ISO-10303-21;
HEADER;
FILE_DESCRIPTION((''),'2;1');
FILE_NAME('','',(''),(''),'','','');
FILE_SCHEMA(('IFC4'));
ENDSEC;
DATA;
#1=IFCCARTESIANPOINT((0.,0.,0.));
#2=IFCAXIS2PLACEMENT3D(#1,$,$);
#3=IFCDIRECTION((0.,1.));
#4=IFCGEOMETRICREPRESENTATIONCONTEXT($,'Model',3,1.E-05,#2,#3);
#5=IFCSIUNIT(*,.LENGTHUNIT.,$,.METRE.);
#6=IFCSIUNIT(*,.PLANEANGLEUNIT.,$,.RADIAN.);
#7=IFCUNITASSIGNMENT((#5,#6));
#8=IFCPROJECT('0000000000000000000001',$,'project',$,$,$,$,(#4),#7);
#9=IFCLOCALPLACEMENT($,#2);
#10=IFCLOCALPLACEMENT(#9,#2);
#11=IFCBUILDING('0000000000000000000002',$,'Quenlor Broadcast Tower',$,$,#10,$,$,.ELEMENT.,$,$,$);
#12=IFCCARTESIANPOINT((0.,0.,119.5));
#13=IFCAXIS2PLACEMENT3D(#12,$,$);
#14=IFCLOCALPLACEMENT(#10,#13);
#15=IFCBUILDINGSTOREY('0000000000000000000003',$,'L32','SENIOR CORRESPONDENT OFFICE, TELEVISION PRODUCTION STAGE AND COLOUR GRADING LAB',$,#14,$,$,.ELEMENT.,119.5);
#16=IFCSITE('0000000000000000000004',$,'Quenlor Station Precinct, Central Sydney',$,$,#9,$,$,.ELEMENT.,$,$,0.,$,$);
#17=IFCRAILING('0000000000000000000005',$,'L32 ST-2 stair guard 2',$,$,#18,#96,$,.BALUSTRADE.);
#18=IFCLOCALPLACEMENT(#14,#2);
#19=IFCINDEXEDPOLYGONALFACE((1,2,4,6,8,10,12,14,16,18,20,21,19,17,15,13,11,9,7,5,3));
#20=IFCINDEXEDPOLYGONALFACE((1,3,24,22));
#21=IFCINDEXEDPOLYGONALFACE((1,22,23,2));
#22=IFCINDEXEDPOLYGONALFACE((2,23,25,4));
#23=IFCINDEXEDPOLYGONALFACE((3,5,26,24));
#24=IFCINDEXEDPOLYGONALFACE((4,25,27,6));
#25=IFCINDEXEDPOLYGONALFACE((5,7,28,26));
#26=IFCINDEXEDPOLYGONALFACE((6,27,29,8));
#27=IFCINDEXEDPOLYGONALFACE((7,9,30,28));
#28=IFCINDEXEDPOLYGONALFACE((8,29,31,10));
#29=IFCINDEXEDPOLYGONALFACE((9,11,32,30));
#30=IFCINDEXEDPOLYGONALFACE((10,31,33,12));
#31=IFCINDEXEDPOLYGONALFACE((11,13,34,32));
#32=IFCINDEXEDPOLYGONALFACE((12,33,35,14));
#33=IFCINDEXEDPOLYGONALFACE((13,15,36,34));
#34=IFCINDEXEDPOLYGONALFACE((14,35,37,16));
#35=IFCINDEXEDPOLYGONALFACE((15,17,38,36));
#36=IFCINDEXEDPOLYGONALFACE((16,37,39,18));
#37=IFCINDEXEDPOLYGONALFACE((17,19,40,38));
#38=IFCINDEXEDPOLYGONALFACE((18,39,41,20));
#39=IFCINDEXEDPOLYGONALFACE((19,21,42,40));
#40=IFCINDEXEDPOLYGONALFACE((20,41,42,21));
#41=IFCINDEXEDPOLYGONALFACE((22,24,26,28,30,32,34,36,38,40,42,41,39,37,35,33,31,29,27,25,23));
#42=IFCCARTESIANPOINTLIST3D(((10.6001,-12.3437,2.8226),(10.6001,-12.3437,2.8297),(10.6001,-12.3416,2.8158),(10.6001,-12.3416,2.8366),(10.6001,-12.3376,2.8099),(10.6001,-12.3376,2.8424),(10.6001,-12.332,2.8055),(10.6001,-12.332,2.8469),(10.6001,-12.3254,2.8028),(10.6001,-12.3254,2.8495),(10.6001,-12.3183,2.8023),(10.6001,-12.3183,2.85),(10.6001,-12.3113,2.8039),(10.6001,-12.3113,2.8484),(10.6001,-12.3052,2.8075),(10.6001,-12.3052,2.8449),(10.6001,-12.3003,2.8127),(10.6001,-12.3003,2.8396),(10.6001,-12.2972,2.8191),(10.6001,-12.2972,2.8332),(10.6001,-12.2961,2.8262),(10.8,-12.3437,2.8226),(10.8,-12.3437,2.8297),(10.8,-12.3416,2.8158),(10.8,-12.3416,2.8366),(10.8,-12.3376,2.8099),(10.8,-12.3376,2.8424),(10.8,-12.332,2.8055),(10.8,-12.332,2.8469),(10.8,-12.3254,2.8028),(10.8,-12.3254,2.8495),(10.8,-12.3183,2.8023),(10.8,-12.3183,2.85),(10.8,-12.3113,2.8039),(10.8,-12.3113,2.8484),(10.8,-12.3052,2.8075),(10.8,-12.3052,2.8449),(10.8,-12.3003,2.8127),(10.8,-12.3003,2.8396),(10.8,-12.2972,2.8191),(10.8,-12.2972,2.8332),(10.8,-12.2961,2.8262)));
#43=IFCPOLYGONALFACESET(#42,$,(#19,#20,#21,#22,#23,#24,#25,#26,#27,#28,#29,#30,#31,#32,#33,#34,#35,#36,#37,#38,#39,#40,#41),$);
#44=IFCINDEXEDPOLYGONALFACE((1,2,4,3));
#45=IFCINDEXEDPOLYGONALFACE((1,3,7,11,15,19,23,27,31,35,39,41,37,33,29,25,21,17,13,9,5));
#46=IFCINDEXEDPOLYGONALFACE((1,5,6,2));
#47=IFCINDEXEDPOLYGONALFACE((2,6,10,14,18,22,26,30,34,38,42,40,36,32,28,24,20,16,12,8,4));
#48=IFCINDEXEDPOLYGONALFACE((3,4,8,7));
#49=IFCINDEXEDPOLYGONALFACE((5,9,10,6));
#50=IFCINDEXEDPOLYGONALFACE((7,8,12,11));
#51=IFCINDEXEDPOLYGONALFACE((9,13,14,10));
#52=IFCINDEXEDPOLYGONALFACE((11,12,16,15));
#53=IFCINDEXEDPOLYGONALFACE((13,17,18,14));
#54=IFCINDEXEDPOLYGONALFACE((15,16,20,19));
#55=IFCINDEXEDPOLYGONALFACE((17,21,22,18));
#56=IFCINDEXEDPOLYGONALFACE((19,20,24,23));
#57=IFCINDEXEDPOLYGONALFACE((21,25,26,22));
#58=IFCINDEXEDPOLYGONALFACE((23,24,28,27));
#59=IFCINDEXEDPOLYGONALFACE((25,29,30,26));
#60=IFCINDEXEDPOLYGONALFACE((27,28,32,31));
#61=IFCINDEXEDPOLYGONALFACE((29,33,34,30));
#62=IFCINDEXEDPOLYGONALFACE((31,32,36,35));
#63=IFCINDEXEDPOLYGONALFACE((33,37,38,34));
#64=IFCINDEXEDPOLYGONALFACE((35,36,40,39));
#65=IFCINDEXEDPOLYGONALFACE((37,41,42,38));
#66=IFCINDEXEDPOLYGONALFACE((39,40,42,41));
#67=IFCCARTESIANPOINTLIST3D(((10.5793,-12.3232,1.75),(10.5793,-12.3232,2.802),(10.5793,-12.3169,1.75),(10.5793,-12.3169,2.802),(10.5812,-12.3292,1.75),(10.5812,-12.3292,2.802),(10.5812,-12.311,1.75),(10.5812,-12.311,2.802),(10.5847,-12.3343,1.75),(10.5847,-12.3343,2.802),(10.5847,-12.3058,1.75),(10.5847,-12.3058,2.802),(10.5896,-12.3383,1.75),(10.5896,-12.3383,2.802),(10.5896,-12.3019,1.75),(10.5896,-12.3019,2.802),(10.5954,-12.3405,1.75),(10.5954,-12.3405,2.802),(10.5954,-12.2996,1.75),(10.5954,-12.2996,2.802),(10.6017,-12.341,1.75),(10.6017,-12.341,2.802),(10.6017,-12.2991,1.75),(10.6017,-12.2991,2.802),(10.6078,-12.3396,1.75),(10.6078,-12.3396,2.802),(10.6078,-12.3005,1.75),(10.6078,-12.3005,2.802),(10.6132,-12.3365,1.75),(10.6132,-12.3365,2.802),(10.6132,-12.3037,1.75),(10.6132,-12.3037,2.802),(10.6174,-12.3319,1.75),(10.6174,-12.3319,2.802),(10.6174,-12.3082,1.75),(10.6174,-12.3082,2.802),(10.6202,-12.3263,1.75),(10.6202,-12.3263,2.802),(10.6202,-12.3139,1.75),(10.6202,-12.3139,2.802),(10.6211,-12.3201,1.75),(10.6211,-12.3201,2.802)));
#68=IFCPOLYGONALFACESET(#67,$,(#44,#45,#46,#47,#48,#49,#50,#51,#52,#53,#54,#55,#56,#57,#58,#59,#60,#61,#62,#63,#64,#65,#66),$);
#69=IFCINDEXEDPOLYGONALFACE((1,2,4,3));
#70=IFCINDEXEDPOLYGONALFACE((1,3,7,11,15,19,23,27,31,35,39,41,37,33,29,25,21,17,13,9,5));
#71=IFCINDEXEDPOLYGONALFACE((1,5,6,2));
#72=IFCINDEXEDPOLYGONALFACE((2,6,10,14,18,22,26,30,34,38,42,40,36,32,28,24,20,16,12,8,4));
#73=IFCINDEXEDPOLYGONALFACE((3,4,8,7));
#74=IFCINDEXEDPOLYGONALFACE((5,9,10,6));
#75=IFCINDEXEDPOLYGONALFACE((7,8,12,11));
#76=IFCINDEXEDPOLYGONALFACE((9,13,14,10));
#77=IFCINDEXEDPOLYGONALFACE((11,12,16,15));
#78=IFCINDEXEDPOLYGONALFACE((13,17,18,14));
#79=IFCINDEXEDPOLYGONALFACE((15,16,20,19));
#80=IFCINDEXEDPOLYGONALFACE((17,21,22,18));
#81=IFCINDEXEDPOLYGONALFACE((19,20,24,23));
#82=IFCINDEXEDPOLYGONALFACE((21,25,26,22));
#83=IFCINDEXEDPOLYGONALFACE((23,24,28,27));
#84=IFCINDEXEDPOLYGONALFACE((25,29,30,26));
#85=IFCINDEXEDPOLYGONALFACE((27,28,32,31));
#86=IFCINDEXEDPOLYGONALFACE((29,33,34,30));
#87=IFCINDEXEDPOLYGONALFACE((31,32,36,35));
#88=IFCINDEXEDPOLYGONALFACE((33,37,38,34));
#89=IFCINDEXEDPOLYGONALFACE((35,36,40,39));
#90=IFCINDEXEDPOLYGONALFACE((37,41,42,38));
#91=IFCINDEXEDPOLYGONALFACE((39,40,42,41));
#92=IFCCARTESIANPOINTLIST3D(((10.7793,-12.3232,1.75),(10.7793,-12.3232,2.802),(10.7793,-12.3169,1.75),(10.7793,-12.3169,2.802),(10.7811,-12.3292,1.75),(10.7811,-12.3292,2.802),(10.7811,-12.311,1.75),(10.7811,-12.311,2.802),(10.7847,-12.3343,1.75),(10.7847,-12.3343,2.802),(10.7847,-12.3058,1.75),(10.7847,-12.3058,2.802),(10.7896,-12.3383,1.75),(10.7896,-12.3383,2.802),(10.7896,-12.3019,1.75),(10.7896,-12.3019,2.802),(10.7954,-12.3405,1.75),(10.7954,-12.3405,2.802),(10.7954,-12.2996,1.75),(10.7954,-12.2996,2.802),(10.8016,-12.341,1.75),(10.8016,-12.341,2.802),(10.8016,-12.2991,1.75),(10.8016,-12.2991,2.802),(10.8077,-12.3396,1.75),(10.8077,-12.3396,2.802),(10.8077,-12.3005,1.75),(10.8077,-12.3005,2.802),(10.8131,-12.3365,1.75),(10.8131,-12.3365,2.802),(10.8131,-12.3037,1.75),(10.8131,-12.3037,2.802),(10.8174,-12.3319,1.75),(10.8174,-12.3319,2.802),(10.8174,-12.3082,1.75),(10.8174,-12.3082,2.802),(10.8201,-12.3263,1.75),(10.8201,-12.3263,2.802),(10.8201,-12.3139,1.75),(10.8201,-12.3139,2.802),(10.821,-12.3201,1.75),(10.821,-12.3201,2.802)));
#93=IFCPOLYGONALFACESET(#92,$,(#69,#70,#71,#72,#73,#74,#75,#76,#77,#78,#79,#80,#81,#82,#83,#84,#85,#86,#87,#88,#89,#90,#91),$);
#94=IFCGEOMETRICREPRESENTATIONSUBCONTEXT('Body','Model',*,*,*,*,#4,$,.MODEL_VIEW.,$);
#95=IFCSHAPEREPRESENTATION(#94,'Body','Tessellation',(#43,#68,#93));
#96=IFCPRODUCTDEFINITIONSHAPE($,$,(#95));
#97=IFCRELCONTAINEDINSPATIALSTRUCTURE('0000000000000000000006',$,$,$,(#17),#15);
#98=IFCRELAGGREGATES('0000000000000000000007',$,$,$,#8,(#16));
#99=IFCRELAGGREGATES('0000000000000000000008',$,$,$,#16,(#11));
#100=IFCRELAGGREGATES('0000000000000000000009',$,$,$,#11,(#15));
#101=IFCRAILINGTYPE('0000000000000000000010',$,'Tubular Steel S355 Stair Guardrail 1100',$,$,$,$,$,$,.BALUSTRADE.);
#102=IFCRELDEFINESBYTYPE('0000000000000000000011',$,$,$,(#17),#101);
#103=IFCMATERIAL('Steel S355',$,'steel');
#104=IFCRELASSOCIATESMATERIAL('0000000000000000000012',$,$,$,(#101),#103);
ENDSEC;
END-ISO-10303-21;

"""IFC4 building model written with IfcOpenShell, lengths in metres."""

from ifc_helpers import new_model, si_unit, direction, frame, origin, origin_2d, place, context, subcontext, project, spatial, circle, extrude, material, type_object, element, save


model = new_model("IFC4")

# Units and contexts
model_context = context("Model", 3, precision=1e-05, world=origin(), true_north=direction((0.0, 1.0)))
body_context = subcontext(model_context, "Body", "Model", "MODEL_VIEW")
ifc_project = project(units=[si_unit("LENGTHUNIT", "METRE"), si_unit("PLANEANGLEUNIT", "RADIAN")], contexts=[model_context])

# Site, building, storey
site_placement = place(None, origin())
site = spatial("IfcSite", under=ifc_project, at=site_placement, Name="Quenlor Station Precinct, Central Sydney", CompositionType="ELEMENT", RefElevation=0.0)
building_placement = place(site_placement, origin())
building = spatial("IfcBuilding", under=site, at=building_placement, Name="Quenlor Broadcast Tower", CompositionType="ELEMENT")
storey_placement = place(building_placement, frame((0.0, 0.0, 119.5)))
storey = spatial("IfcBuildingStorey", under=building, at=storey_placement, Name="L32", Description="SENIOR CORRESPONDENT OFFICE, TELEVISION PRODUCTION STAGE AND COLOUR GRADING LAB", CompositionType="ELEMENT", Elevation=119.5)

# Railing
ifc_material_1 = material(Name="Steel S355", Category="steel")
railing_type_1 = type_object("IfcRailingType", Name="Tubular Steel S355 Stair Guardrail 1100", PredefinedType="BALUSTRADE", material=ifc_material_1)
railing_1_placement = place(storey_placement, frame((10.6001, -12.3201, 1.75)))
element("IfcRailing", 1, at=railing_1_placement, inside=storey, type_object=railing_type_1, Name="L32 ST-2 stair guard 2", PredefinedType="BALUSTRADE", context=body_context, shape_type="SweptSolid", body=[
    extrude(circle(Radius=0.0239, at=origin_2d()), frame((0.0, 0.0, 1.0762), z_axis=(1.0, 0.0, 0.0), x_axis=(0.0, 1.0, 0.0)), (0.0, 0.0, 1.0), 0.2),
    extrude(circle(Radius=0.021, at=origin_2d()), origin(), (0.0, 0.0, 1.0), 1.052),
    extrude(circle(Radius=0.021, at=origin_2d()), frame((0.2, 0.0, 0.0)), (0.0, 0.0, 1.0), 1.052),
])

save(model, "model.ifc")
